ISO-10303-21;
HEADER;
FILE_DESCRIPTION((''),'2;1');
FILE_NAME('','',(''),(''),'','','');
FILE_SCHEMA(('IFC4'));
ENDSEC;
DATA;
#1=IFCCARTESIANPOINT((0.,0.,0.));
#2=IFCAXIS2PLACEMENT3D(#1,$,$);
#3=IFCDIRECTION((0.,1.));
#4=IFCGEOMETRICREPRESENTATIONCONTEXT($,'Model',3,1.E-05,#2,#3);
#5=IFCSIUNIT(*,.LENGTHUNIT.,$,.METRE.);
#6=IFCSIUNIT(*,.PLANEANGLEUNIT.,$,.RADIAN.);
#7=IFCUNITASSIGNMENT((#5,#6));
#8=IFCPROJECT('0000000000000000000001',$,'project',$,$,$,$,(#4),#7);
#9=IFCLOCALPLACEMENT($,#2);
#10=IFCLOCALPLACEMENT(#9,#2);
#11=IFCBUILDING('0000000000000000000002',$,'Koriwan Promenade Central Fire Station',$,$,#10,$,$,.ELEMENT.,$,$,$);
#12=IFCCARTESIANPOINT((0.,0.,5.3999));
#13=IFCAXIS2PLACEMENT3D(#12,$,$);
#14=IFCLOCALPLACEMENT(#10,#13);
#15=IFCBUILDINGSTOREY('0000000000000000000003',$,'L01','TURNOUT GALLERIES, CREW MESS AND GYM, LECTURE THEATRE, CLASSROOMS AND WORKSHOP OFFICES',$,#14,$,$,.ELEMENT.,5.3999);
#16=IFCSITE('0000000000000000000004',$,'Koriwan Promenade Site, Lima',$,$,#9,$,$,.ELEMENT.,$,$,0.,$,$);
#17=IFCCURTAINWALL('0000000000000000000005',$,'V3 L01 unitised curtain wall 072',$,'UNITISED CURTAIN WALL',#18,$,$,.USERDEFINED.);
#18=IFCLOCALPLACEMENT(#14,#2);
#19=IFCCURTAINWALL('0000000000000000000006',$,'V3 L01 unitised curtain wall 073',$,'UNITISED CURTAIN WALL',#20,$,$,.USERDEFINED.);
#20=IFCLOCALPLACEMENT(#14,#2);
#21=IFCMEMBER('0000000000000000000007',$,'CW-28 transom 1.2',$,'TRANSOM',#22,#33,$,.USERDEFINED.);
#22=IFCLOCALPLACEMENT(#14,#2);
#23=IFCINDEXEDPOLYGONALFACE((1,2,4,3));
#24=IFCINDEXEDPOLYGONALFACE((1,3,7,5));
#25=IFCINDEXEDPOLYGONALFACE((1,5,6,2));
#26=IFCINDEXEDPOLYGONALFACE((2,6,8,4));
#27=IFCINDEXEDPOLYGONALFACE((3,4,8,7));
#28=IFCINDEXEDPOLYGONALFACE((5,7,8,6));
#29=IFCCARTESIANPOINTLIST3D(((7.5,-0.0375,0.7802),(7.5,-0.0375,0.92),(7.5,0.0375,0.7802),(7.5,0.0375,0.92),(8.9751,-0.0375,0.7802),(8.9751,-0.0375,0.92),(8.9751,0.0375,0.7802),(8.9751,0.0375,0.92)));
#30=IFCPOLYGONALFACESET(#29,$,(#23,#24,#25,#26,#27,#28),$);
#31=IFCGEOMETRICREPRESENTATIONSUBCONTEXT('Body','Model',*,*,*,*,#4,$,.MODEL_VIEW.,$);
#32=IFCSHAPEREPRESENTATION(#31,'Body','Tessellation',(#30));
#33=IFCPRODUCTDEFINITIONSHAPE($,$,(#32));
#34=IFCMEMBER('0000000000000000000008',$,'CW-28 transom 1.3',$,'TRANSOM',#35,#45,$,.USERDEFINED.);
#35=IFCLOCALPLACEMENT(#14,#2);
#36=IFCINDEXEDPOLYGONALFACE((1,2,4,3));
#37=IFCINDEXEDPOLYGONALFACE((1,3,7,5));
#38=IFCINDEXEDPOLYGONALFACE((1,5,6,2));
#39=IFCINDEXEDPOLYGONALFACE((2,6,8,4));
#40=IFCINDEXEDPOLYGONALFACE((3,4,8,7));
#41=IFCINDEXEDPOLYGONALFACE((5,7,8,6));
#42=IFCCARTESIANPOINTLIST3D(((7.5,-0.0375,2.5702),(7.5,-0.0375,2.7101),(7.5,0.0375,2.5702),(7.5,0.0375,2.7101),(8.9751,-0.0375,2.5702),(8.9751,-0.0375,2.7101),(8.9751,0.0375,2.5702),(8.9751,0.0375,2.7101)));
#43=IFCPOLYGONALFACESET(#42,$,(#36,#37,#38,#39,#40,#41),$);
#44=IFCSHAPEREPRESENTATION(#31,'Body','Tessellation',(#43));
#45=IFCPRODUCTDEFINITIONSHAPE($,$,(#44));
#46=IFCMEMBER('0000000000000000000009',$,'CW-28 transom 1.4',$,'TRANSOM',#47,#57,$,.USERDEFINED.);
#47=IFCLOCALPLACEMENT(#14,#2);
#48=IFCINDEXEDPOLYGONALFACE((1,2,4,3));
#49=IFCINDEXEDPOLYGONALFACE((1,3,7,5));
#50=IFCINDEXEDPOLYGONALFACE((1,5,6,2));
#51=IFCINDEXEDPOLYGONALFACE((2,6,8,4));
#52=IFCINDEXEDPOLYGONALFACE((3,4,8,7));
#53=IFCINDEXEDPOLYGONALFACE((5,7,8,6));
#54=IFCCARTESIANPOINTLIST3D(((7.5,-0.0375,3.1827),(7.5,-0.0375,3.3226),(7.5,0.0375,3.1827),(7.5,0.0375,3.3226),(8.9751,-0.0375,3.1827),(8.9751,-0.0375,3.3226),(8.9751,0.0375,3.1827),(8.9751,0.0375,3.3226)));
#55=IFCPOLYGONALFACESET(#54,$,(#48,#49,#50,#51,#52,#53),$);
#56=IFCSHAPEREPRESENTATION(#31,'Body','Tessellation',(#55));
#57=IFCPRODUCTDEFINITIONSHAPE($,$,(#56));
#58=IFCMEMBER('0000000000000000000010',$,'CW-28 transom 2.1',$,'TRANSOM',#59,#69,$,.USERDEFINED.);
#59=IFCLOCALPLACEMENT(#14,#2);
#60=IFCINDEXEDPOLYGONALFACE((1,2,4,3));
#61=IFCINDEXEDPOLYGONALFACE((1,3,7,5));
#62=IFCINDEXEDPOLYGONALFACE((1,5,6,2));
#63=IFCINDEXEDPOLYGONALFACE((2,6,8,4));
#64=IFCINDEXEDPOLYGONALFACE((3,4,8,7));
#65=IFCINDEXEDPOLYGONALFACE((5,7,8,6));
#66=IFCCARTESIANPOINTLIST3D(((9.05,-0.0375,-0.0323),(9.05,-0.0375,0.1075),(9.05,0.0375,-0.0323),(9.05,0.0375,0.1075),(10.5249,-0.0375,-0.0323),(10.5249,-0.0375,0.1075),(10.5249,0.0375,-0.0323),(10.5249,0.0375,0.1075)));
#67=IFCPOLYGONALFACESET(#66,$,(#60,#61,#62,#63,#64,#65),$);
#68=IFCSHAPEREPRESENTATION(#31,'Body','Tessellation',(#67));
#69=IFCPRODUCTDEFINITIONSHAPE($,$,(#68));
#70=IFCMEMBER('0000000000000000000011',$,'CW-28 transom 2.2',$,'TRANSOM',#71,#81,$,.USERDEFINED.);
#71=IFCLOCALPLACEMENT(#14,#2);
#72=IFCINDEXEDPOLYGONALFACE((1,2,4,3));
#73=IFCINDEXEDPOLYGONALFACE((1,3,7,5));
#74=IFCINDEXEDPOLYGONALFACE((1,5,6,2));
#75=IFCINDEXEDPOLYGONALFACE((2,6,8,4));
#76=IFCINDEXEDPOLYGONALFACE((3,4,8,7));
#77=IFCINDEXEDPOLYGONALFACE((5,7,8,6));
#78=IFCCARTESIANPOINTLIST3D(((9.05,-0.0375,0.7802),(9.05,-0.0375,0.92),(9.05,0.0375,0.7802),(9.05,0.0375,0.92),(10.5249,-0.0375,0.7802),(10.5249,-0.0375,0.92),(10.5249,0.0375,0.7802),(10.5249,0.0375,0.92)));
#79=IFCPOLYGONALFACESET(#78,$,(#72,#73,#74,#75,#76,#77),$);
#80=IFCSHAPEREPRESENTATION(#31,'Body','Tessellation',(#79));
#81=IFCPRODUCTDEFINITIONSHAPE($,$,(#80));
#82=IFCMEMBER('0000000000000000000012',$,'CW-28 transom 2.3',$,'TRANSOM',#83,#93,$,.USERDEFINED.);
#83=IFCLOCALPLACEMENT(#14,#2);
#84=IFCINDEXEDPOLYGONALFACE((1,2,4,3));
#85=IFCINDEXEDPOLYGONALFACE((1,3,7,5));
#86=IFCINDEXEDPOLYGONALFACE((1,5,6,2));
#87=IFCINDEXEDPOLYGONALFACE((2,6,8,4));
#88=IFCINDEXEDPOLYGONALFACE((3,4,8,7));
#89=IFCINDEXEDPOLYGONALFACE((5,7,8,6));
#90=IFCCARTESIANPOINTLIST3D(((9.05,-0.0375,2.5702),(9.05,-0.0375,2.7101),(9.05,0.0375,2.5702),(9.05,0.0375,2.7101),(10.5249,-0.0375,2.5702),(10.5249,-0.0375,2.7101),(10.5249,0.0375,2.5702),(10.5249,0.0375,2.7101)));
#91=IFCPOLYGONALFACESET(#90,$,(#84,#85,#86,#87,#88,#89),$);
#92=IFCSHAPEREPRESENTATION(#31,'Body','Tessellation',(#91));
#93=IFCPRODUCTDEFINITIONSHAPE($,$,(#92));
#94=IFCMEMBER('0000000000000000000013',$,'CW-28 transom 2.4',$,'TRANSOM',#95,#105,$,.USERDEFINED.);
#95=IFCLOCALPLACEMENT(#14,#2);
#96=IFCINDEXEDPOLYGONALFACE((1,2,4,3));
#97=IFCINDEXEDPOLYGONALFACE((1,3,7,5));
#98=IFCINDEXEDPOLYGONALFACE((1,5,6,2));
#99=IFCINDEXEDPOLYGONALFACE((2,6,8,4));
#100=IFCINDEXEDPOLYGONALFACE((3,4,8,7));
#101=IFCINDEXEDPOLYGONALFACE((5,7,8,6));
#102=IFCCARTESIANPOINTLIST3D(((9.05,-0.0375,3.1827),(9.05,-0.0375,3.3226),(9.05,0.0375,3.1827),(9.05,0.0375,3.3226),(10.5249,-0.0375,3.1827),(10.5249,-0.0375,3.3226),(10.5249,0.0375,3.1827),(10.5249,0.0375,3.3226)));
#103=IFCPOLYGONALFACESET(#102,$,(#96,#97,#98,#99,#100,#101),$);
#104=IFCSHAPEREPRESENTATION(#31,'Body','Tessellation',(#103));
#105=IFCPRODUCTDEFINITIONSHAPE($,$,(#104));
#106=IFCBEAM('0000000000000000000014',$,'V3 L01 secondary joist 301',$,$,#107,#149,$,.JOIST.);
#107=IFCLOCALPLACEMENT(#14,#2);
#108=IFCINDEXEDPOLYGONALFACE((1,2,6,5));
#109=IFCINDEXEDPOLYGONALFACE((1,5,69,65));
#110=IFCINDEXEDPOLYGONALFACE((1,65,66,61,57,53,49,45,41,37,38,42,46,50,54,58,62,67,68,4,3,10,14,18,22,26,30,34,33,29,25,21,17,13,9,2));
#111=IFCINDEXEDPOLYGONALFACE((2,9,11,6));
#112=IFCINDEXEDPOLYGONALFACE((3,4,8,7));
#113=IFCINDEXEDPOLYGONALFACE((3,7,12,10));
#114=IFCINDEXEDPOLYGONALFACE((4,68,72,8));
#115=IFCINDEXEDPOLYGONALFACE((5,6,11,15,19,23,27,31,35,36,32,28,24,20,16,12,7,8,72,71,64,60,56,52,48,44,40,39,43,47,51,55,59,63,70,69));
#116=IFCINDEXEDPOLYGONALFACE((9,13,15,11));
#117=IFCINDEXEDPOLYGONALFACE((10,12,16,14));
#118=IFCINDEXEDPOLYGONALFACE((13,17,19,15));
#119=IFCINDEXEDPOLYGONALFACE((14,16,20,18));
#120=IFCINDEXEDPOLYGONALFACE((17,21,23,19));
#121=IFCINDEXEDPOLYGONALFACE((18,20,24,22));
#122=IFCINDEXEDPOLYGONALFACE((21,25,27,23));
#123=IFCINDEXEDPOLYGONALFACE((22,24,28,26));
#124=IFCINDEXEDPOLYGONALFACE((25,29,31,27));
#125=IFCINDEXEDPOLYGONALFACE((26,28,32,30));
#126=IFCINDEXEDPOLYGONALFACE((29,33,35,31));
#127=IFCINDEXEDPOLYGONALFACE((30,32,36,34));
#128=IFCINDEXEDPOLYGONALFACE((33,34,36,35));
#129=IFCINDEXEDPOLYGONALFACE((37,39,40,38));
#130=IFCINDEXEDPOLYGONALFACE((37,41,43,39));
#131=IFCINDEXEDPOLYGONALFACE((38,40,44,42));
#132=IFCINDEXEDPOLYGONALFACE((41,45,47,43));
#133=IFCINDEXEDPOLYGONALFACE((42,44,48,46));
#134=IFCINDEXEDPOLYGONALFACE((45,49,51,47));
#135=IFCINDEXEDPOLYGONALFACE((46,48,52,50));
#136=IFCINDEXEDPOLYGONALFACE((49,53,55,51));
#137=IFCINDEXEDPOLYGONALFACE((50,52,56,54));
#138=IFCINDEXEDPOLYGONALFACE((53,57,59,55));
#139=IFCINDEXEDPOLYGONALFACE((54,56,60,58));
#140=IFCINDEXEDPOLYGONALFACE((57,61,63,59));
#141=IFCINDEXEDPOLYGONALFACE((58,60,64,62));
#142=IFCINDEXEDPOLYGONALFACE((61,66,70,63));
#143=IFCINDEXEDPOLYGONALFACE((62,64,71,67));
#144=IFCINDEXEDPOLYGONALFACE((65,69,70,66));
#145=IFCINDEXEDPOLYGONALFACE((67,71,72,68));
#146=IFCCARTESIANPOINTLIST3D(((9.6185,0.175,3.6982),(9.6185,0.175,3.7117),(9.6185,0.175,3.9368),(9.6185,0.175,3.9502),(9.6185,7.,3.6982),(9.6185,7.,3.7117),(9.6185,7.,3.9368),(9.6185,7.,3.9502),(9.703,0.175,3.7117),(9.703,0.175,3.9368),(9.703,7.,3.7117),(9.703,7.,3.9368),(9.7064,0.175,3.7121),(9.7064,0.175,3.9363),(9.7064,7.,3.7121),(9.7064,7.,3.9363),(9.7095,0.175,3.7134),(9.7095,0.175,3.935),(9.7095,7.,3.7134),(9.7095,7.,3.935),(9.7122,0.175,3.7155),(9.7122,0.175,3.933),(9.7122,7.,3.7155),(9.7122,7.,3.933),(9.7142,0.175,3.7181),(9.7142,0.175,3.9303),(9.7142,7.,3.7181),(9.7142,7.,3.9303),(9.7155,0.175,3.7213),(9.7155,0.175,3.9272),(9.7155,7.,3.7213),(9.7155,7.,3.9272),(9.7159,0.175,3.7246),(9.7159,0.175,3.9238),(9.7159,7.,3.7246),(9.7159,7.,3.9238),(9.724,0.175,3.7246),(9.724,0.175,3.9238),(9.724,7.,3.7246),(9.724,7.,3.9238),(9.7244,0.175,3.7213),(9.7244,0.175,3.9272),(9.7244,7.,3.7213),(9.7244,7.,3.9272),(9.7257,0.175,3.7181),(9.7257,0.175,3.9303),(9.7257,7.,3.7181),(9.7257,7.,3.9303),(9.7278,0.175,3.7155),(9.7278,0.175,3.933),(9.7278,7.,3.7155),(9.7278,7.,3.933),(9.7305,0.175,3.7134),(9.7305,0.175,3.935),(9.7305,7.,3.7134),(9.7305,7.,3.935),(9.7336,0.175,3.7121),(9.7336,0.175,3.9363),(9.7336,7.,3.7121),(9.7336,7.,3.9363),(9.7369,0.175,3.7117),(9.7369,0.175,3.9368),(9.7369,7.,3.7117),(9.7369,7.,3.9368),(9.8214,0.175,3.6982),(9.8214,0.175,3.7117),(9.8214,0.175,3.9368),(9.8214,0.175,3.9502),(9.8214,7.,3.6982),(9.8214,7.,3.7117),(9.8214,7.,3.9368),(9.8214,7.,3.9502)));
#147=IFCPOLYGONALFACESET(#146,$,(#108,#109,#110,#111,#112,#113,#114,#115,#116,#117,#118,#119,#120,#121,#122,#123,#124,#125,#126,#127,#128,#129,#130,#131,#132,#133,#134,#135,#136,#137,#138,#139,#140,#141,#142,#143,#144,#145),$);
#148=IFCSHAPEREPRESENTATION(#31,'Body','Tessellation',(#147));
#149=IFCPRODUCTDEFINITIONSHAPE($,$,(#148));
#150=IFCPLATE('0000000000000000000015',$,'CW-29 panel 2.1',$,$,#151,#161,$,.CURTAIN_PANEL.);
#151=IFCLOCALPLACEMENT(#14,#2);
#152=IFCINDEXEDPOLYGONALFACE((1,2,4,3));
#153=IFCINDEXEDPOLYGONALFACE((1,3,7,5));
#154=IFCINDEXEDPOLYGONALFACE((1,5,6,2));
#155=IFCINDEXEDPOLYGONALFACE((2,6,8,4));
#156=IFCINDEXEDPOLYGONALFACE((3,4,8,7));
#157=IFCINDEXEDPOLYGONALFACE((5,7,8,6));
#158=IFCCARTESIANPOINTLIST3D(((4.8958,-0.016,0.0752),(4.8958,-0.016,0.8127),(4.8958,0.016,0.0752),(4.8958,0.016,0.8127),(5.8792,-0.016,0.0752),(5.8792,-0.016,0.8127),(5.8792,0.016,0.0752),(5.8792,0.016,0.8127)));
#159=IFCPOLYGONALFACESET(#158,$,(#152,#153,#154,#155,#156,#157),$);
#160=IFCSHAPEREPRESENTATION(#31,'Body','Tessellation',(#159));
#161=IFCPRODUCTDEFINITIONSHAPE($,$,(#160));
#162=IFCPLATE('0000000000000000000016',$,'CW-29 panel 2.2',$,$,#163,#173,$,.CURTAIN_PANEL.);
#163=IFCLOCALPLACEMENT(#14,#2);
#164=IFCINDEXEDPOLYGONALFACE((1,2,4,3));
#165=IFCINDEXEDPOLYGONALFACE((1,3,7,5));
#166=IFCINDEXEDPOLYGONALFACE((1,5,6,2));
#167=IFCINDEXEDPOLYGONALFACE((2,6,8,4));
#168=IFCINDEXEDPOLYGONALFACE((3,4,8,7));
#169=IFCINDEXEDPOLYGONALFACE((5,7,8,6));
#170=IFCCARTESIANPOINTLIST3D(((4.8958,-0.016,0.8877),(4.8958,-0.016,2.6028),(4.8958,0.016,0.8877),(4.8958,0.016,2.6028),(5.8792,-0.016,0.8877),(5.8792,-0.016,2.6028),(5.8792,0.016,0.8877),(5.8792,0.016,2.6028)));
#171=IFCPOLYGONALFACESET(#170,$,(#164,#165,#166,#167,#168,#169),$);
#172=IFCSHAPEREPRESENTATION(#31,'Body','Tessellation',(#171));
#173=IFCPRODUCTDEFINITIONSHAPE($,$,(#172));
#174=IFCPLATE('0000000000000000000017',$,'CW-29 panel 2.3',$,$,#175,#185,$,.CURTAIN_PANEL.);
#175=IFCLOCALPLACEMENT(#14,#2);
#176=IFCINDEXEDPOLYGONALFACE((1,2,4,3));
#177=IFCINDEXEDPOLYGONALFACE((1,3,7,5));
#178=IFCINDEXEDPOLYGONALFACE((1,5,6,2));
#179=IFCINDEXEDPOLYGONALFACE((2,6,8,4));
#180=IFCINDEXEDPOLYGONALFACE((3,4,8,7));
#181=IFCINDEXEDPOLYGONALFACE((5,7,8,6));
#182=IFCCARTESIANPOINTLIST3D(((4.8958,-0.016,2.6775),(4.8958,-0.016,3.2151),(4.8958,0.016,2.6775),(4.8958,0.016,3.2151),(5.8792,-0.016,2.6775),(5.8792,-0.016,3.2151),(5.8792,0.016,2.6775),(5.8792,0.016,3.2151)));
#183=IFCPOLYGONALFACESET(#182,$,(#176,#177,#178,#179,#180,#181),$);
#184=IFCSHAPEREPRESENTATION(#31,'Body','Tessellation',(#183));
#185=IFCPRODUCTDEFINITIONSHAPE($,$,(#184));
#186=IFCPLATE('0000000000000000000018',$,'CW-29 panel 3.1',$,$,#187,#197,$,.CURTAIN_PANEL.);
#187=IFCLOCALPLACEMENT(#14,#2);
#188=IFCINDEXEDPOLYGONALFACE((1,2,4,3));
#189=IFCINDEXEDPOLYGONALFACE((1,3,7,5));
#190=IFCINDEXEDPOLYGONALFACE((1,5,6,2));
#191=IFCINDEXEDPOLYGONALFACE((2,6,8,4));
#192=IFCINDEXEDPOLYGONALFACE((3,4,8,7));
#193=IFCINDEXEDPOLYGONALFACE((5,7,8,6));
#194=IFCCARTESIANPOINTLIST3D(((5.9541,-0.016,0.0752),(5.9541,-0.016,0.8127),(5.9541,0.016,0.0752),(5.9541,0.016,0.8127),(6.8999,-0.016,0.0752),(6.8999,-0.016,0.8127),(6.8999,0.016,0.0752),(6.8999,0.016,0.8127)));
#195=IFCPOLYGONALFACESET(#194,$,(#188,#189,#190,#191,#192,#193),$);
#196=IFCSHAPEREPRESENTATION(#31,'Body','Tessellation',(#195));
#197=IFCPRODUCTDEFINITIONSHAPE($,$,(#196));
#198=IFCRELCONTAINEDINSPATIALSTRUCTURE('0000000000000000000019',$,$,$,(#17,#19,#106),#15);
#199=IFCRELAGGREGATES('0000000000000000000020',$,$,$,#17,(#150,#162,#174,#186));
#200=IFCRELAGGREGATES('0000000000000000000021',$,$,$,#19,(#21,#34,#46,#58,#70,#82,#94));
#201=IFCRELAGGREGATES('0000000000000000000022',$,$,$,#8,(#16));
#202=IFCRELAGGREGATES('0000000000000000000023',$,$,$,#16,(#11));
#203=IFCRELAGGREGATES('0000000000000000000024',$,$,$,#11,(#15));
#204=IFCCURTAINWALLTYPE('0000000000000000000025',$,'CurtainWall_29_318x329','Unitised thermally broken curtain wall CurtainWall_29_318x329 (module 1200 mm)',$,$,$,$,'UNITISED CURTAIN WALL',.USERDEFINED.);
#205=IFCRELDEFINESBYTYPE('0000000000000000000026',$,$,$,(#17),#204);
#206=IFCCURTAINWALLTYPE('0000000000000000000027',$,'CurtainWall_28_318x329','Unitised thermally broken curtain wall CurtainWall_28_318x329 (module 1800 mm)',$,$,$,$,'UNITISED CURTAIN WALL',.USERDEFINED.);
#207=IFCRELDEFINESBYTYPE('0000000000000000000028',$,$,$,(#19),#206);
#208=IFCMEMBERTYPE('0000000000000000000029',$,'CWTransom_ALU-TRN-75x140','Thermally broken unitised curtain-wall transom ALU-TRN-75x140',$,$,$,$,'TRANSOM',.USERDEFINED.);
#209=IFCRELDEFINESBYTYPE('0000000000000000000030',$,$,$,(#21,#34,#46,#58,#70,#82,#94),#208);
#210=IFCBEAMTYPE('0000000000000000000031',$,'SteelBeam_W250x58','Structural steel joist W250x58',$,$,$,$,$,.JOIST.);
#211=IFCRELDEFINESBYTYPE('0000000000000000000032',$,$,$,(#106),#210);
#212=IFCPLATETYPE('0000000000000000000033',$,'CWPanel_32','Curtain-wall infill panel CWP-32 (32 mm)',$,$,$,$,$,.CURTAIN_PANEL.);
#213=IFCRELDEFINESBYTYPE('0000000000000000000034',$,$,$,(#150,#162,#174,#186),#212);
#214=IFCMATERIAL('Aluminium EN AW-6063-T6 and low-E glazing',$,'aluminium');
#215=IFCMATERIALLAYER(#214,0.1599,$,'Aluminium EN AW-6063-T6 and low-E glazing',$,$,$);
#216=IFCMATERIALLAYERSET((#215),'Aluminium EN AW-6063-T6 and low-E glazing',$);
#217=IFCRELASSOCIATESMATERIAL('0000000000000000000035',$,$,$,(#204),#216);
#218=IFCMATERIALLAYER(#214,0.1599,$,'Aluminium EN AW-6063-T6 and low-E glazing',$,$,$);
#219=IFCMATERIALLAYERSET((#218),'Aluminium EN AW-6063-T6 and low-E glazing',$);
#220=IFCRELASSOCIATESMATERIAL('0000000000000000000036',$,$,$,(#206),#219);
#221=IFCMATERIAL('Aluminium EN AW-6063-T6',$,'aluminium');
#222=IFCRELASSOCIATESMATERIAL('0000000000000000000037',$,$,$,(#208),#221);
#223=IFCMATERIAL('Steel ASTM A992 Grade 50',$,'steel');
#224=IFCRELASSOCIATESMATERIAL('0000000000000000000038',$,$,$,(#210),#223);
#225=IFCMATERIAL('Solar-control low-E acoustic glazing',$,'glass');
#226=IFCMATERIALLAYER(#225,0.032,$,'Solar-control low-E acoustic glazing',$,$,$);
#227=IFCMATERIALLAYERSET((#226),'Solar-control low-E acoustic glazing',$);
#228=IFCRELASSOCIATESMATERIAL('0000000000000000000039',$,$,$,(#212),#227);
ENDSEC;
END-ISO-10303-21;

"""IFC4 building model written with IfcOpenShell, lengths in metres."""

from ifc_helpers import new_model, si_unit, direction, frame, origin, origin_2d, place, context, subcontext, project, spatial, rectangle, i_section, extrude, material, layer, layer_set, material_profile, profile_set, type_object, element, aggregate, save


model = new_model("IFC4")

# Units and contexts
model_context = context("Model", 3, precision=1e-05, world=origin(), true_north=direction((0.0, 1.0)))
body_context = subcontext(model_context, "Body", "Model", "MODEL_VIEW")
ifc_project = project(units=[si_unit("LENGTHUNIT", "METRE"), si_unit("PLANEANGLEUNIT", "RADIAN")], contexts=[model_context])

# Site, building, storey
site_placement = place(None, origin())
site = spatial("IfcSite", under=ifc_project, at=site_placement, Name="Koriwan Promenade Site, Lima", CompositionType="ELEMENT", RefElevation=0.0)
building_placement = place(site_placement, origin())
building = spatial("IfcBuilding", under=site, at=building_placement, Name="Koriwan Promenade Central Fire Station", CompositionType="ELEMENT")
storey_placement = place(building_placement, frame((0.0, 0.0, 5.3999)))
storey = spatial("IfcBuildingStorey", under=building, at=storey_placement, Name="L01", Description="TURNOUT GALLERIES, CREW MESS AND GYM, LECTURE THEATRE, CLASSROOMS AND WORKSHOP OFFICES", CompositionType="ELEMENT", Elevation=5.3999)

# Curtain walls
ifc_material_1 = material(Name="Aluminium EN AW-6063-T6 and low-E glazing", Category="aluminium")
ifc_layer_1 = layer(ifc_material_1, 0.1599, Name="Aluminium EN AW-6063-T6 and low-E glazing")
ifc_layer_set_1 = layer_set([ifc_layer_1], Name="Aluminium EN AW-6063-T6 and low-E glazing")
curtain_wall_type_1 = type_object("IfcCurtainWallType", Name="CurtainWall_29_318x329", Description="Unitised thermally broken curtain wall CurtainWall_29_318x329 (module 1200 mm)", ElementType="UNITISED CURTAIN WALL", PredefinedType="USERDEFINED", material=ifc_layer_set_1)
curtain_wall_1_placement = place(storey_placement, origin())
curtain_wall_1 = element("IfcCurtainWall", 1, at=curtain_wall_1_placement, inside=storey, type_object=curtain_wall_type_1, Name="V3 L01 unitised curtain wall 072", ObjectType="UNITISED CURTAIN WALL", PredefinedType="USERDEFINED")
ifc_material_2 = material(Name="Aluminium EN AW-6063-T6", Category="aluminium")
ifc_layer_2 = layer(ifc_material_1, 0.1599, Name="Aluminium EN AW-6063-T6 and low-E glazing")
ifc_layer_set_2 = layer_set([ifc_layer_2], Name="Aluminium EN AW-6063-T6 and low-E glazing")
curtain_wall_type_2 = type_object("IfcCurtainWallType", Name="CurtainWall_28_318x329", Description="Unitised thermally broken curtain wall CurtainWall_28_318x329 (module 1800 mm)", ElementType="UNITISED CURTAIN WALL", PredefinedType="USERDEFINED", material=ifc_layer_set_2)
curtain_wall_2_placement = place(storey_placement, origin())
curtain_wall_2 = element("IfcCurtainWall", 2, at=curtain_wall_2_placement, inside=storey, type_object=curtain_wall_type_2, Name="V3 L01 unitised curtain wall 073", ObjectType="UNITISED CURTAIN WALL", PredefinedType="USERDEFINED")

# Members
ifc_material_profile_1 = material_profile(ifc_material_2, rectangle(XDim=0.075, YDim=0.1399, at=origin_2d()), Name="ALU-TRN-75x140")
ifc_profile_set_1 = profile_set([ifc_material_profile_1], Name="Aluminium EN AW-6063-T6")
member_type_1 = type_object("IfcMemberType", Name="CWTransom_ALU-TRN-75x140", Description="Thermally broken unitised curtain-wall transom ALU-TRN-75x140", ElementType="TRANSOM", PredefinedType="USERDEFINED", material=ifc_profile_set_1)
member_1_placement = place(storey_placement, frame((7.5, 0.0, 0.8501), z_axis=(1.0, 0.0, 0.0), x_axis=(0.0, 1.0, 0.0)))
member_1 = element("IfcMember", 3, at=member_1_placement, type_object=member_type_1, Name="CW-28 transom 1.2", ObjectType="TRANSOM", PredefinedType="USERDEFINED", context=body_context, shape_type="SweptSolid", body=[
    extrude(rectangle(XDim=0.075, YDim=0.1399, at=origin_2d()), origin(), (0.0, 0.0, 1.0), 1.4751),
])
member_2_placement = place(storey_placement, frame((7.5, 0.0, 2.6401), z_axis=(1.0, 0.0, 0.0), x_axis=(0.0, 1.0, 0.0)))
member_2 = element("IfcMember", 4, at=member_2_placement, type_object=member_type_1, Name="CW-28 transom 1.3", ObjectType="TRANSOM", PredefinedType="USERDEFINED", context=body_context, shape_type="SweptSolid", body=[
    extrude(rectangle(XDim=0.075, YDim=0.1399, at=origin_2d()), origin(), (0.0, 0.0, 1.0), 1.4751),
])
member_3_placement = place(storey_placement, frame((7.5, 0.0, 3.2527), z_axis=(1.0, 0.0, 0.0), x_axis=(0.0, 1.0, 0.0)))
member_3 = element("IfcMember", 5, at=member_3_placement, type_object=member_type_1, Name="CW-28 transom 1.4", ObjectType="TRANSOM", PredefinedType="USERDEFINED", context=body_context, shape_type="SweptSolid", body=[
    extrude(rectangle(XDim=0.075, YDim=0.1399, at=origin_2d()), origin(), (0.0, 0.0, 1.0), 1.4751),
])
member_4_placement = place(storey_placement, frame((9.05, 0.0, 0.0376), z_axis=(1.0, 0.0, 0.0), x_axis=(0.0, 1.0, 0.0)))
member_4 = element("IfcMember", 6, at=member_4_placement, type_object=member_type_1, Name="CW-28 transom 2.1", ObjectType="TRANSOM", PredefinedType="USERDEFINED", context=body_context, shape_type="SweptSolid", body=[
    extrude(rectangle(XDim=0.075, YDim=0.1399, at=origin_2d()), origin(), (0.0, 0.0, 1.0), 1.4749),
])
member_5_placement = place(storey_placement, frame((9.05, 0.0, 0.8501), z_axis=(1.0, 0.0, 0.0), x_axis=(0.0, 1.0, 0.0)))
member_5 = element("IfcMember", 7, at=member_5_placement, type_object=member_type_1, Name="CW-28 transom 2.2", ObjectType="TRANSOM", PredefinedType="USERDEFINED", context=body_context, shape_type="SweptSolid", body=[
    extrude(rectangle(XDim=0.075, YDim=0.1399, at=origin_2d()), origin(), (0.0, 0.0, 1.0), 1.4749),
])
member_6_placement = place(storey_placement, frame((9.05, 0.0, 2.6401), z_axis=(1.0, 0.0, 0.0), x_axis=(0.0, 1.0, 0.0)))
member_6 = element("IfcMember", 8, at=member_6_placement, type_object=member_type_1, Name="CW-28 transom 2.3", ObjectType="TRANSOM", PredefinedType="USERDEFINED", context=body_context, shape_type="SweptSolid", body=[
    extrude(rectangle(XDim=0.075, YDim=0.1399, at=origin_2d()), origin(), (0.0, 0.0, 1.0), 1.4749),
])
member_7_placement = place(storey_placement, frame((9.05, 0.0, 3.2527), z_axis=(1.0, 0.0, 0.0), x_axis=(0.0, 1.0, 0.0)))
member_7 = element("IfcMember", 9, at=member_7_placement, type_object=member_type_1, Name="CW-28 transom 2.4", ObjectType="TRANSOM", PredefinedType="USERDEFINED", context=body_context, shape_type="SweptSolid", body=[
    extrude(rectangle(XDim=0.075, YDim=0.1399, at=origin_2d()), origin(), (0.0, 0.0, 1.0), 1.4749),
])

# Beam
ifc_material_3 = material(Name="Steel ASTM A992 Grade 50", Category="steel")
ifc_material_profile_2 = material_profile(ifc_material_3, i_section(OverallWidth=0.2029, OverallDepth=0.252, WebThickness=0.0081, FlangeThickness=0.0134, FilletRadius=0.0129, at=origin_2d()), Name="W250x58")
ifc_profile_set_2 = profile_set([ifc_material_profile_2], Name="Steel ASTM A992 Grade 50")
beam_type_1 = type_object("IfcBeamType", Name="SteelBeam_W250x58", Description="Structural steel joist W250x58", PredefinedType="JOIST", material=ifc_profile_set_2)
beam_1_placement = place(storey_placement, frame((9.72, 0.175, 3.8242), z_axis=(0.0, 1.0, 0.0), x_axis=(-1.0, 0.0, 0.0)))
element("IfcBeam", 10, at=beam_1_placement, inside=storey, type_object=beam_type_1, Name="V3 L01 secondary joist 301", PredefinedType="JOIST", context=body_context, shape_type="SweptSolid", body=[
    extrude(i_section(OverallWidth=0.2029, OverallDepth=0.252, WebThickness=0.0081, FlangeThickness=0.0134, FilletRadius=0.0129, at=origin_2d()), origin(), (0.0, 0.0, 1.0), 6.825),
])

# Plates
ifc_material_4 = material(Name="Solar-control low-E acoustic glazing", Category="glass")
ifc_layer_3 = layer(ifc_material_4, 0.032, Name="Solar-control low-E acoustic glazing")
ifc_layer_set_3 = layer_set([ifc_layer_3], Name="Solar-control low-E acoustic glazing")
plate_type = type_object("IfcPlateType", Name="CWPanel_32", Description="Curtain-wall infill panel CWP-32 (32 mm)", PredefinedType="CURTAIN_PANEL", material=ifc_layer_set_3)
plate_1_placement = place(storey_placement, frame((5.3875, 0.0, 0.0752), z_axis=(0.0, 0.0, 1.0), x_axis=(1.0, 0.0, 0.0)))
plate_1 = element("IfcPlate", 11, at=plate_1_placement, type_object=plate_type, Name="CW-29 panel 2.1", PredefinedType="CURTAIN_PANEL", context=body_context, shape_type="SweptSolid", body=[
    extrude(rectangle(XDim=0.9834, YDim=0.032, at=origin_2d()), origin(), (0.0, 0.0, 1.0), 0.7375),
])
plate_2_placement = place(storey_placement, frame((5.3875, 0.0, 0.8877), z_axis=(0.0, 0.0, 1.0), x_axis=(1.0, 0.0, 0.0)))
plate_2 = element("IfcPlate", 12, at=plate_2_placement, type_object=plate_type, Name="CW-29 panel 2.2", PredefinedType="CURTAIN_PANEL", context=body_context, shape_type="SweptSolid", body=[
    extrude(rectangle(XDim=0.9834, YDim=0.032, at=origin_2d()), origin(), (0.0, 0.0, 1.0), 1.7151),
])
plate_3_placement = place(storey_placement, frame((5.3875, 0.0, 2.6775), z_axis=(0.0, 0.0, 1.0), x_axis=(1.0, 0.0, 0.0)))
plate_3 = element("IfcPlate", 13, at=plate_3_placement, type_object=plate_type, Name="CW-29 panel 2.3", PredefinedType="CURTAIN_PANEL", context=body_context, shape_type="SweptSolid", body=[
    extrude(rectangle(XDim=0.9834, YDim=0.032, at=origin_2d()), origin(), (0.0, 0.0, 1.0), 0.5376),
])
plate_4_placement = place(storey_placement, frame((6.427, 0.0, 0.0752), z_axis=(0.0, 0.0, 1.0), x_axis=(1.0, 0.0, 0.0)))
plate_4 = element("IfcPlate", 14, at=plate_4_placement, type_object=plate_type, Name="CW-29 panel 3.1", PredefinedType="CURTAIN_PANEL", context=body_context, shape_type="SweptSolid", body=[
    extrude(rectangle(XDim=0.9458, YDim=0.032, at=origin_2d()), origin(), (0.0, 0.0, 1.0), 0.7375),
])
aggregate(curtain_wall_1, [plate_1, plate_2, plate_3, plate_4])
aggregate(curtain_wall_2, [member_1, member_2, member_3, member_4, member_5, member_6, member_7])

save(model, "model.ifc")
